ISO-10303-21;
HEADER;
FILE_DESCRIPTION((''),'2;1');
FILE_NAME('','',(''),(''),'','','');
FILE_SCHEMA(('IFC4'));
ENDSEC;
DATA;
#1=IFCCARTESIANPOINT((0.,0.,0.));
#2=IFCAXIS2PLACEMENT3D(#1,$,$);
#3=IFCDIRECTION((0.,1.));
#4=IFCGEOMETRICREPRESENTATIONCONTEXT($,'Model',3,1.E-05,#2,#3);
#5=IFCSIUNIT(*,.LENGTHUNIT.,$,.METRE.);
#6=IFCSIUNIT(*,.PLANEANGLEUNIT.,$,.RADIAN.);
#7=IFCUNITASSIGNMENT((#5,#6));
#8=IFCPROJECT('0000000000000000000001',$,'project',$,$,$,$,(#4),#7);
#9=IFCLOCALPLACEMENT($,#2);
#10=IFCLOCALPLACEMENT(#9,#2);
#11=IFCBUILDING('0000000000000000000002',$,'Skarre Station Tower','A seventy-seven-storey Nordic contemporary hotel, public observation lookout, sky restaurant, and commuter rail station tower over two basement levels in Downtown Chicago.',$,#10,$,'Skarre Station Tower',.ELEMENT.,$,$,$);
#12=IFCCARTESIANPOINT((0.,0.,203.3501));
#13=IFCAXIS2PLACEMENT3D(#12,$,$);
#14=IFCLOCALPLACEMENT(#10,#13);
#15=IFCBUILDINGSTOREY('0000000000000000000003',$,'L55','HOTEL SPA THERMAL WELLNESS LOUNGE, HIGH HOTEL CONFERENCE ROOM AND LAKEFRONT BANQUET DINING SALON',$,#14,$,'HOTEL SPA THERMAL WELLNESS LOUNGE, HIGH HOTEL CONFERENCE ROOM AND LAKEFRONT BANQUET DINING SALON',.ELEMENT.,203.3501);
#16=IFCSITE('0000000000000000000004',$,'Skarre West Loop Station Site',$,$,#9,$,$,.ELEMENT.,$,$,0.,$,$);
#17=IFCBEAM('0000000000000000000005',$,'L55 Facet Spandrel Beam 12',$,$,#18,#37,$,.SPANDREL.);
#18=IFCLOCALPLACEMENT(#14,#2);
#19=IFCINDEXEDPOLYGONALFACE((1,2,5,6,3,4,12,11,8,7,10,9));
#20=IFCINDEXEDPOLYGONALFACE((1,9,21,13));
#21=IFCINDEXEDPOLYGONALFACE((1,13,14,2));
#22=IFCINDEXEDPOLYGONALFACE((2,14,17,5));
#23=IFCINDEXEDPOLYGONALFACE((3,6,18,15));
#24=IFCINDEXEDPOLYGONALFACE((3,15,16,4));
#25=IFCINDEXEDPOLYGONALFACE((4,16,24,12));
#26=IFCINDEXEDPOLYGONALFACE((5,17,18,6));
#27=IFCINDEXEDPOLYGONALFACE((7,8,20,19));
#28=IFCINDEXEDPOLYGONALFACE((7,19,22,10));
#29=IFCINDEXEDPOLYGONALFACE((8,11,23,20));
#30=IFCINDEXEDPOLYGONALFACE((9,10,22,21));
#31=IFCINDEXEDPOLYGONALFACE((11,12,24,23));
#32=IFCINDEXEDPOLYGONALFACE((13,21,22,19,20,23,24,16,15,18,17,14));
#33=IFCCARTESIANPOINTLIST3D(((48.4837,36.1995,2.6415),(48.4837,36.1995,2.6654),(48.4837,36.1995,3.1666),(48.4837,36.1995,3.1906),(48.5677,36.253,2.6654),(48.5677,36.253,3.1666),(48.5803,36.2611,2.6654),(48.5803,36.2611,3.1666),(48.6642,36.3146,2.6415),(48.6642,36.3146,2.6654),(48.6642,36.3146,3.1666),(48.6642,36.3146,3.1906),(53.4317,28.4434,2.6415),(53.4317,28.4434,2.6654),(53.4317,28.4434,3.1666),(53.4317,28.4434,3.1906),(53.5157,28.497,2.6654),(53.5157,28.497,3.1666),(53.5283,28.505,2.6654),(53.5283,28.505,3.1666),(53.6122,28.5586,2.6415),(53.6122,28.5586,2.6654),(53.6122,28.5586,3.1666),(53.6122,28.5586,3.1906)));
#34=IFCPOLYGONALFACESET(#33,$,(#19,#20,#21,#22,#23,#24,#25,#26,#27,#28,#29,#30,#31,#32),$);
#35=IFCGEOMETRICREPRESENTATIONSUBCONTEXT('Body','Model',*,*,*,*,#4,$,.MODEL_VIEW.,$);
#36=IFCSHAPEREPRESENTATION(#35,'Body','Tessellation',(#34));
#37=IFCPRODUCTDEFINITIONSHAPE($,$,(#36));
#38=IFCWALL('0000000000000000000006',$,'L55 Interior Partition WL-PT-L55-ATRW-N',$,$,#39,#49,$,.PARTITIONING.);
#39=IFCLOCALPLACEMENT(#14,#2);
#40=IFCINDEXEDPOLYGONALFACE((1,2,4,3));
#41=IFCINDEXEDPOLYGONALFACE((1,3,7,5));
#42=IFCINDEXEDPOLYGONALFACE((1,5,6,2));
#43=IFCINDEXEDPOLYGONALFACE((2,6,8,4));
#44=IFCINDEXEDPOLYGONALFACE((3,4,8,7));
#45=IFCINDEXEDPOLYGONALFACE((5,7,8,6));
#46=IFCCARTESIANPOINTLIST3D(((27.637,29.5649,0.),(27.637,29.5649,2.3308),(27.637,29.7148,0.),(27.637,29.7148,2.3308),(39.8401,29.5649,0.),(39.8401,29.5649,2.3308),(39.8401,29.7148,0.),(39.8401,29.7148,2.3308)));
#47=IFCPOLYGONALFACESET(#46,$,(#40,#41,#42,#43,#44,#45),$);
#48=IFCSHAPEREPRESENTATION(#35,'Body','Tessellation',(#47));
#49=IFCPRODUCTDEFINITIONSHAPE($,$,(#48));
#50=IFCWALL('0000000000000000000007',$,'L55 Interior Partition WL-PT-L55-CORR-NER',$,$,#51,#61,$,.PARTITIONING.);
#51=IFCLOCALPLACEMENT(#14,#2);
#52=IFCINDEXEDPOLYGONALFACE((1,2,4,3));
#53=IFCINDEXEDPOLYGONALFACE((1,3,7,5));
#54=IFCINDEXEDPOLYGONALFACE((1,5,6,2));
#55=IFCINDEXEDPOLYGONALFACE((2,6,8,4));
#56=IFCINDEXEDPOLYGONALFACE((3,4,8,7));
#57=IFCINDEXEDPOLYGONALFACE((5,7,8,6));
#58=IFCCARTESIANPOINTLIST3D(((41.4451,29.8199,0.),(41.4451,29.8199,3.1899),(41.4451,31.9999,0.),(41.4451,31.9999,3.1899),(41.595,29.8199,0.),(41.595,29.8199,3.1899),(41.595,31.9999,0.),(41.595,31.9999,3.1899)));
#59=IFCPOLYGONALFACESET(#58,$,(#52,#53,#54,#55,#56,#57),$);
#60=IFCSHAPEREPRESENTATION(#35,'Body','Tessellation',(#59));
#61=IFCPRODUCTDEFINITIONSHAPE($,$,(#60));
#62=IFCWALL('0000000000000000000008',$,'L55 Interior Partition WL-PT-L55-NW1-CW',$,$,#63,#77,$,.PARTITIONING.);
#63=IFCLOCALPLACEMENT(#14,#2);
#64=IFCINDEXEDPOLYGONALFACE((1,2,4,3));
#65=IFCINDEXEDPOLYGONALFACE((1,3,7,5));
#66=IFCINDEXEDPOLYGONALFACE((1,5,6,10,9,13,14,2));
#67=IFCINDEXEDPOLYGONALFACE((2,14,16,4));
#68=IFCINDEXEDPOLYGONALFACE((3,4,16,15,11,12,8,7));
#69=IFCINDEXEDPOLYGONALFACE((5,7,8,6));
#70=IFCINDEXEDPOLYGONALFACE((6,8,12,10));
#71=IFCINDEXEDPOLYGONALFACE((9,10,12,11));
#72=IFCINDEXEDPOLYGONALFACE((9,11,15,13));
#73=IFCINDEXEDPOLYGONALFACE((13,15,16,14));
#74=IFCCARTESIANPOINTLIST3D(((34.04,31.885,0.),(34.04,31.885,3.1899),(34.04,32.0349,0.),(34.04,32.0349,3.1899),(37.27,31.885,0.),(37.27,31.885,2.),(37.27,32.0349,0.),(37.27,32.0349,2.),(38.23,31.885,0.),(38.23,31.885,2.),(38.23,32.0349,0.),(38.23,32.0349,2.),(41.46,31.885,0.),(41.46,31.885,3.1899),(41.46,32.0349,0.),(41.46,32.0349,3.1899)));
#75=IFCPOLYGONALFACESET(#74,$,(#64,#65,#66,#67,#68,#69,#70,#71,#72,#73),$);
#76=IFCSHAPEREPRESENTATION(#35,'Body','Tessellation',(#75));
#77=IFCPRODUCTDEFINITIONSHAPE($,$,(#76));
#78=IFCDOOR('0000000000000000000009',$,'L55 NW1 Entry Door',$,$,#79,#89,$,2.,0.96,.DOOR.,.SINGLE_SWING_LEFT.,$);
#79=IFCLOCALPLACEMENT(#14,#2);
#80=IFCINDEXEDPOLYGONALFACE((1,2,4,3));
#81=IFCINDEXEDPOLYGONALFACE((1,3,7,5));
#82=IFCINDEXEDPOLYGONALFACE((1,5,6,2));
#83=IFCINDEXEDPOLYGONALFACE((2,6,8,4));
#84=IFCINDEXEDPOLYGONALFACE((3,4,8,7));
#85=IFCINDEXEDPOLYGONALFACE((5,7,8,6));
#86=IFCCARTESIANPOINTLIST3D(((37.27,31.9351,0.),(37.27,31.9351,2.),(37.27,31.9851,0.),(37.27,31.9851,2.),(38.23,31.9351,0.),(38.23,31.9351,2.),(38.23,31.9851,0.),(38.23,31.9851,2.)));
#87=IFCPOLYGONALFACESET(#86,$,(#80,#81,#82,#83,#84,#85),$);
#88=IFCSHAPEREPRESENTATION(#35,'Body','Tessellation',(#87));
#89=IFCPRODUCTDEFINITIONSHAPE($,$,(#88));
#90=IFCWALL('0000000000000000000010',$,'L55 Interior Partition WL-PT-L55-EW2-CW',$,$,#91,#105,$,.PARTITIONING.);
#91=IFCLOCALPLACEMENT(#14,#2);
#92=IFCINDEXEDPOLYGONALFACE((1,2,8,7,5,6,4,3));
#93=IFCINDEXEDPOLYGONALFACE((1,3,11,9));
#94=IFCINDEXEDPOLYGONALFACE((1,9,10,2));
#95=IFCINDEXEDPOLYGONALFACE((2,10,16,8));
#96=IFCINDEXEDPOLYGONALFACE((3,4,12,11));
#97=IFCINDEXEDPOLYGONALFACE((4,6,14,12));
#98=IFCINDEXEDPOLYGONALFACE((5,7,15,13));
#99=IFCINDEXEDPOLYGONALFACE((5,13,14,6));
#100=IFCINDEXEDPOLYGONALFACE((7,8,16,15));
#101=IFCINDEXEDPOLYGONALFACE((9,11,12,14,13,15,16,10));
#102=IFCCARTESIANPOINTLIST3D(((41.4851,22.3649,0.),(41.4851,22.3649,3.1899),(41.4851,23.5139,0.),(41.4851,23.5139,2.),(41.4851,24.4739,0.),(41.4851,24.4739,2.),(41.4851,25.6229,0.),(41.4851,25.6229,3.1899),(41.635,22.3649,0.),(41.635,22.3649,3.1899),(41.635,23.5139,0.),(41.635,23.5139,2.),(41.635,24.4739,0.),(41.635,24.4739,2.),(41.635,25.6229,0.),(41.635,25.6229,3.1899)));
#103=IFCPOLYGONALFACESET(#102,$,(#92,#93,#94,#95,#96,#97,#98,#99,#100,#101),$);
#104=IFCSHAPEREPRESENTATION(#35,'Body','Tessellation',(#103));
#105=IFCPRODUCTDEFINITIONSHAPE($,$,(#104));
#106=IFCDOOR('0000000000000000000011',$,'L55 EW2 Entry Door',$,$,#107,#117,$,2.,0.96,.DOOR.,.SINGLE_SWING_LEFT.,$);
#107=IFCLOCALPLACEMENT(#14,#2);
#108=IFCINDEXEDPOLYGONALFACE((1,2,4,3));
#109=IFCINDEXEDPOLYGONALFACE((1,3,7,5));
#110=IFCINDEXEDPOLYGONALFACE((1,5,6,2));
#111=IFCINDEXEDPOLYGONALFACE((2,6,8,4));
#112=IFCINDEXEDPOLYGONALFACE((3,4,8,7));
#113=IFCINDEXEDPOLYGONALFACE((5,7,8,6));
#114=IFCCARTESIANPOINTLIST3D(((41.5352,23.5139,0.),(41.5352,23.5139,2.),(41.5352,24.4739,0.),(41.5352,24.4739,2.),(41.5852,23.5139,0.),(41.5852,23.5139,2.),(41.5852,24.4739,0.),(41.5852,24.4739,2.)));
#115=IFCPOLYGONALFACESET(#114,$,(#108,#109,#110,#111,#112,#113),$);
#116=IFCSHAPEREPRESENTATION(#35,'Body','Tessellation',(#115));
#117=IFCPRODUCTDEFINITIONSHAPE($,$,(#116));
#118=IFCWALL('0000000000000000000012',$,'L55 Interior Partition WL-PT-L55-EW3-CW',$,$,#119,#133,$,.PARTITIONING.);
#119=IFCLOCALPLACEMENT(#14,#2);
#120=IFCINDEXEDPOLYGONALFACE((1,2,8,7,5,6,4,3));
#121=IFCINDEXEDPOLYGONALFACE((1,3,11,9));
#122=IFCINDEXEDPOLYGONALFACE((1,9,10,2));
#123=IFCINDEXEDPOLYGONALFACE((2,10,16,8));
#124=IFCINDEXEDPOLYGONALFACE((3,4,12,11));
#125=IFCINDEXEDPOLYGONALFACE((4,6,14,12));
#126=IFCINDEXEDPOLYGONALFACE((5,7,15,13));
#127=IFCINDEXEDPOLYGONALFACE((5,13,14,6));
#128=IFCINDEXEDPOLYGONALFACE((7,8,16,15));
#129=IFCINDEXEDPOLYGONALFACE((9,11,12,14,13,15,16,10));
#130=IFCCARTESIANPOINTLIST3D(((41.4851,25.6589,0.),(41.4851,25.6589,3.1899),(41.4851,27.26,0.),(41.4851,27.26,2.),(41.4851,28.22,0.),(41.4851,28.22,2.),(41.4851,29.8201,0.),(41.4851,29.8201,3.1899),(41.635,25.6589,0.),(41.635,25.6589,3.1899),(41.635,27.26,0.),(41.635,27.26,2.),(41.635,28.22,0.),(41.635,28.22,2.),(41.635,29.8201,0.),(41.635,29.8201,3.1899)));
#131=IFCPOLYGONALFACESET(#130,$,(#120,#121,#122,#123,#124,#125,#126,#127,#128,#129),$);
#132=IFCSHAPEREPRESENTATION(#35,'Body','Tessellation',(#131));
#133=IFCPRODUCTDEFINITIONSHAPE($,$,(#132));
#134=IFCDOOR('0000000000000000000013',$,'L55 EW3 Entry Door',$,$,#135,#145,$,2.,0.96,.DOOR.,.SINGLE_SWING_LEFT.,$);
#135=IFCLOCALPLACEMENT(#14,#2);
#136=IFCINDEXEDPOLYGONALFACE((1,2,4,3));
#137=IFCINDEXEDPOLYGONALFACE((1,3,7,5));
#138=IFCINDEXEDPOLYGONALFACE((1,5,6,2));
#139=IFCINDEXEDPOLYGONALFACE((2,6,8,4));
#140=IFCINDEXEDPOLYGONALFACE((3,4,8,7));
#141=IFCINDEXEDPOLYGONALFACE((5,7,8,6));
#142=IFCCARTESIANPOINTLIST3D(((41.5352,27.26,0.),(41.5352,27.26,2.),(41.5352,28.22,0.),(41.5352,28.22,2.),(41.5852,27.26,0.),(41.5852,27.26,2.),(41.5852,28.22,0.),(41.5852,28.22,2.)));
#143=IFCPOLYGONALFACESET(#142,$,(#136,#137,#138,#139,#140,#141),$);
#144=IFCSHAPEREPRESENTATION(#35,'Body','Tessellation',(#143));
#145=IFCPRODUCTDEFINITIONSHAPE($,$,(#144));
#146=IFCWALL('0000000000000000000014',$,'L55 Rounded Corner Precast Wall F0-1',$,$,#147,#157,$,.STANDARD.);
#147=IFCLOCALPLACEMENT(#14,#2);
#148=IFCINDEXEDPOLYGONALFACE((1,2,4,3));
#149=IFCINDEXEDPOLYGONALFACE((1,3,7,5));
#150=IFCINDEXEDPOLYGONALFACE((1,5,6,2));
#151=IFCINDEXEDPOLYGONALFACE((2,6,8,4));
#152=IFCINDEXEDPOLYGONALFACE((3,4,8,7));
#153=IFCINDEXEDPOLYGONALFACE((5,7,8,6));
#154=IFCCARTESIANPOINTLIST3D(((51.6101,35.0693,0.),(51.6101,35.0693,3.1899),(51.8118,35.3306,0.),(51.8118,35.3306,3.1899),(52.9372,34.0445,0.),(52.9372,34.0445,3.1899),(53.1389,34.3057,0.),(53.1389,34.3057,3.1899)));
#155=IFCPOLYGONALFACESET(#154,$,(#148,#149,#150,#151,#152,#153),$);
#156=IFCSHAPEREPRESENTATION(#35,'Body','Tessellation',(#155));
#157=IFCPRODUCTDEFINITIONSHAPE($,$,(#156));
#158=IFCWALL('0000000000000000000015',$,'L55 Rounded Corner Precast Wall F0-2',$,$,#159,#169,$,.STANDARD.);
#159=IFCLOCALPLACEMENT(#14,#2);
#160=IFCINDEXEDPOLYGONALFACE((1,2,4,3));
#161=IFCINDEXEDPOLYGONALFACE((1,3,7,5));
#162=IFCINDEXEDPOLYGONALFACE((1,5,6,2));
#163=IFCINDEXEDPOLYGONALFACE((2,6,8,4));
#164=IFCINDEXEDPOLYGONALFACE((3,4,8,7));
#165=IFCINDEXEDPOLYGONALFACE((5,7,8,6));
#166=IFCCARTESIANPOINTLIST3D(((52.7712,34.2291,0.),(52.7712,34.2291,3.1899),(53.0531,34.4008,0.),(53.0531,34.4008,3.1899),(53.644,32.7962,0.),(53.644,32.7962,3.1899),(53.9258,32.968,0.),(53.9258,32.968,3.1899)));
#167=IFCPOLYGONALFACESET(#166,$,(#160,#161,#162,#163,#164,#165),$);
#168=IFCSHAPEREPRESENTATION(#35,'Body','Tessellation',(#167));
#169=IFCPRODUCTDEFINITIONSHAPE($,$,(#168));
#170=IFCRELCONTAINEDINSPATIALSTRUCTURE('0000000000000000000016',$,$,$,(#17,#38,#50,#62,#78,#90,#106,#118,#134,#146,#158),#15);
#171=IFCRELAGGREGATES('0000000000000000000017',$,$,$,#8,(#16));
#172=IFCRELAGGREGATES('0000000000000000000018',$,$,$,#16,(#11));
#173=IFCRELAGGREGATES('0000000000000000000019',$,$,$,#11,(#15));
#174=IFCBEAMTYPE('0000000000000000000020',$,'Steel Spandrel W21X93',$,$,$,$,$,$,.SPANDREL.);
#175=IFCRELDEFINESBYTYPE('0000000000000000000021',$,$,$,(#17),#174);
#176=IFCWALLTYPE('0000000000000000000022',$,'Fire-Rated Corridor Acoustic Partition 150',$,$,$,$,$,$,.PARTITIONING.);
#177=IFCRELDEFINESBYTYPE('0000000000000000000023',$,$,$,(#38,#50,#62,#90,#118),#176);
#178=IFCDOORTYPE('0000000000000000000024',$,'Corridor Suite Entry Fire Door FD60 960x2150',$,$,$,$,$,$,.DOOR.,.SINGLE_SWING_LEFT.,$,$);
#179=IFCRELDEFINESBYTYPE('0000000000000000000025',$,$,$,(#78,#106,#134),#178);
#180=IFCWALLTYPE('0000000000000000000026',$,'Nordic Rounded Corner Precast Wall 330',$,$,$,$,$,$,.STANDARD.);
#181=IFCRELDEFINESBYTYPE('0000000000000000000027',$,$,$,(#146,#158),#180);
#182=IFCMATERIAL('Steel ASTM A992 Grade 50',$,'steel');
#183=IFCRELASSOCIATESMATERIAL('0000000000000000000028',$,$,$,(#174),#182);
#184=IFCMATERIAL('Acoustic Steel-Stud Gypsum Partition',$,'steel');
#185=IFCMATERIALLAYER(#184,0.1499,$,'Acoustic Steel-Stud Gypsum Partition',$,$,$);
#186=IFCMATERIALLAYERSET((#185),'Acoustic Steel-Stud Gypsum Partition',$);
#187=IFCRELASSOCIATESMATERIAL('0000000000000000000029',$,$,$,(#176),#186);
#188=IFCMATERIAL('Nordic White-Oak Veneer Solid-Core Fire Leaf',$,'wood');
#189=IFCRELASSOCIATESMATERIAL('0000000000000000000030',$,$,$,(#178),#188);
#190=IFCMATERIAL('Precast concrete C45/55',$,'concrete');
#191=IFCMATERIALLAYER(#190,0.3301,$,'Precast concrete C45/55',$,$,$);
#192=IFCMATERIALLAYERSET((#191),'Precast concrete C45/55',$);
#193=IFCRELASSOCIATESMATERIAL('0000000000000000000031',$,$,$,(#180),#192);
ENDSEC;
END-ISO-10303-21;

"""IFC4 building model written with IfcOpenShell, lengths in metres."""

from ifc_helpers import new_model, si_unit, direction, frame, frame_2d, origin, origin_2d, place, context, subcontext, project, spatial, rectangle, i_section, extrude, material, layer, layer_set, material_profile, profile_set, type_object, element, fill, save


model = new_model("IFC4")

# Units and contexts
model_context = context("Model", 3, precision=1e-05, world=origin(), true_north=direction((0.0, 1.0)))
body_context = subcontext(model_context, "Body", "Model", "MODEL_VIEW")
ifc_project = project(units=[si_unit("LENGTHUNIT", "METRE"), si_unit("PLANEANGLEUNIT", "RADIAN")], contexts=[model_context])

# Site, building, storey
site_placement = place(None, origin())
site = spatial("IfcSite", under=ifc_project, at=site_placement, Name="Skarre West Loop Station Site", CompositionType="ELEMENT", RefElevation=0.0)
building_placement = place(site_placement, origin())
building = spatial("IfcBuilding", under=site, at=building_placement, Name="Skarre Station Tower", Description="A seventy-seven-storey Nordic contemporary hotel, public observation lookout, sky restaurant, and commuter rail station tower over two basement levels in Downtown Chicago.", LongName="Skarre Station Tower", CompositionType="ELEMENT")
storey_placement = place(building_placement, frame((0.0, 0.0, 203.3501)))
storey = spatial("IfcBuildingStorey", under=building, at=storey_placement, Name="L55", Description="HOTEL SPA THERMAL WELLNESS LOUNGE, HIGH HOTEL CONFERENCE ROOM AND LAKEFRONT BANQUET DINING SALON", LongName="HOTEL SPA THERMAL WELLNESS LOUNGE, HIGH HOTEL CONFERENCE ROOM AND LAKEFRONT BANQUET DINING SALON", CompositionType="ELEMENT", Elevation=203.3501)

# Beam
ifc_material_1 = material(Name="Steel ASTM A992 Grade 50", Category="steel")
ifc_material_profile_1 = material_profile(ifc_material_1, i_section(OverallWidth=0.2141, OverallDepth=0.5491, WebThickness=0.0149, FlangeThickness=0.0239, at=origin_2d()), Name="Steel ASTM A992 Grade 50")
ifc_profile_set_1 = profile_set([ifc_material_profile_1], Name="Steel ASTM A992 Grade 50")
beam_type_1 = type_object("IfcBeamType", Name="Steel Spandrel W21X93", PredefinedType="SPANDREL", material=ifc_profile_set_1)
beam_1_placement = place(storey_placement, frame((53.522, 28.501, 2.916), z_axis=(-0.537826, 0.843056, 0.0), x_axis=(-0.843056, -0.537826, 0.0)))
element("IfcBeam", 1, at=beam_1_placement, inside=storey, type_object=beam_type_1, Name="L55 Facet Spandrel Beam 12", PredefinedType="SPANDREL", context=body_context, shape_type="SweptSolid", body=[
    extrude(i_section(OverallWidth=0.2141, OverallDepth=0.5491, WebThickness=0.0149, FlangeThickness=0.0239, at=origin_2d()), origin(), (0.0, 0.0, 1.0), 9.2),
])

# Walls
ifc_material_2 = material(Name="Acoustic Steel-Stud Gypsum Partition", Category="steel")
ifc_layer_1 = layer(ifc_material_2, 0.1499, Name="Acoustic Steel-Stud Gypsum Partition")
ifc_layer_set_1 = layer_set([ifc_layer_1], Name="Acoustic Steel-Stud Gypsum Partition")
wall_type_1 = type_object("IfcWallType", Name="Fire-Rated Corridor Acoustic Partition 150", PredefinedType="PARTITIONING", material=ifc_layer_set_1)
wall_1_placement = place(storey_placement, frame((39.8401, 29.6399, 0.0), z_axis=(0.0, 0.0, 1.0), x_axis=(-1.0, 0.0, 0.0)))
element("IfcWall", 2, at=wall_1_placement, inside=storey, type_object=wall_type_1, Name="L55 Interior Partition WL-PT-L55-ATRW-N", PredefinedType="PARTITIONING", context=body_context, shape_type="SweptSolid", body=[
    extrude(rectangle(XDim=12.2031, YDim=0.1499, at=frame_2d((6.1016, 0.0))), origin(), (0.0, 0.0, 1.0), 2.3308),
])
wall_2_placement = place(storey_placement, frame((41.52, 29.8201, 0.0), z_axis=(0.0, 0.0, 1.0), x_axis=(0.0, 1.0, 0.0)))
element("IfcWall", 3, at=wall_2_placement, inside=storey, type_object=wall_type_1, Name="L55 Interior Partition WL-PT-L55-CORR-NER", PredefinedType="PARTITIONING", context=body_context, shape_type="SweptSolid", body=[
    extrude(rectangle(XDim=2.1799, YDim=0.1499, at=frame_2d((1.0898, 0.0))), origin(), (0.0, 0.0, 1.0), 3.1899),
])

# Walls, openings, doors
wall_3_placement = place(storey_placement, frame((41.46, 31.96, 0.0), z_axis=(0.0, 0.0, 1.0), x_axis=(-1.0, 0.0, 0.0)))
wall_3 = element("IfcWall", 4, at=wall_3_placement, inside=storey, type_object=wall_type_1, Name="L55 Interior Partition WL-PT-L55-NW1-CW", PredefinedType="PARTITIONING", context=body_context, shape_type="SweptSolid", body=[
    extrude(rectangle(XDim=7.4199, YDim=0.1499, at=frame_2d((3.71, 0.0))), origin(), (0.0, 0.0, 1.0), 3.1899),
])
opening_1_placement = place(wall_3_placement, frame((3.23, 0.0, 0.0)))
opening_1 = element("IfcOpeningElement", 5, at=opening_1_placement, cuts=wall_3, PredefinedType="OPENING", context=body_context, shape_type="SweptSolid", body=[
    extrude(rectangle(XDim=0.96, YDim=2.0, at=frame_2d((0.48, 1.0))), frame((0.0, 0.085, 0.0), z_axis=(0.0, -1.0, 0.0), x_axis=(1.0, 0.0, 0.0)), (0.0, 0.0, 1.0), 0.1699),
])
ifc_material_3 = material(Name="Nordic White-Oak Veneer Solid-Core Fire Leaf", Category="wood")
door_type = type_object("IfcDoorType", Name="Corridor Suite Entry Fire Door FD60 960x2150", OperationType="SINGLE_SWING_LEFT", PredefinedType="DOOR", material=ifc_material_3)
door_1_placement = place(opening_1_placement, origin())
door_1 = element("IfcDoor", 6, at=door_1_placement, inside=storey, type_object=door_type, Name="L55 NW1 Entry Door", OperationType="SINGLE_SWING_LEFT", OverallHeight=2.0, OverallWidth=0.96, PredefinedType="DOOR", context=body_context, shape_type="SweptSolid", body=[
    extrude(rectangle(XDim=0.96, YDim=2.0, at=frame_2d((0.48, 1.0))), frame((0.0, 0.0249, 0.0), z_axis=(0.0, -1.0, 0.0), x_axis=(1.0, 0.0, 0.0)), (0.0, 0.0, 1.0), 0.05),
])
fill(opening_1, door_1)
wall_4_placement = place(storey_placement, frame((41.5601, 22.365, 0.0), z_axis=(0.0, 0.0, 1.0), x_axis=(0.0, 1.0, 0.0)))
wall_4 = element("IfcWall", 7, at=wall_4_placement, inside=storey, type_object=wall_type_1, Name="L55 Interior Partition WL-PT-L55-EW2-CW", PredefinedType="PARTITIONING", context=body_context, shape_type="SweptSolid", body=[
    extrude(rectangle(XDim=3.2581, YDim=0.1499, at=frame_2d((1.6289, 0.0))), origin(), (0.0, 0.0, 1.0), 3.1899),
])
opening_2_placement = place(wall_4_placement, frame((1.1489, 0.0, 0.0)))
opening_2 = element("IfcOpeningElement", 8, at=opening_2_placement, cuts=wall_4, PredefinedType="OPENING", context=body_context, shape_type="SweptSolid", body=[
    extrude(rectangle(XDim=0.96, YDim=2.0, at=frame_2d((0.48, 1.0))), frame((0.0, 0.085, 0.0), z_axis=(0.0, -1.0, 0.0), x_axis=(1.0, 0.0, 0.0)), (0.0, 0.0, 1.0), 0.1699),
])
door_2_placement = place(opening_2_placement, origin())
door_2 = element("IfcDoor", 9, at=door_2_placement, inside=storey, type_object=door_type, Name="L55 EW2 Entry Door", OperationType="SINGLE_SWING_LEFT", OverallHeight=2.0, OverallWidth=0.96, PredefinedType="DOOR", context=body_context, shape_type="SweptSolid", body=[
    extrude(rectangle(XDim=0.96, YDim=2.0, at=frame_2d((0.48, 1.0))), frame((0.0, 0.0249, 0.0), z_axis=(0.0, -1.0, 0.0), x_axis=(1.0, 0.0, 0.0)), (0.0, 0.0, 1.0), 0.05),
])
fill(opening_2, door_2)
wall_5_placement = place(storey_placement, frame((41.5601, 25.6589, 0.0), z_axis=(0.0, 0.0, 1.0), x_axis=(0.0, 1.0, 0.0)))
wall_5 = element("IfcWall", 10, at=wall_5_placement, inside=storey, type_object=wall_type_1, Name="L55 Interior Partition WL-PT-L55-EW3-CW", PredefinedType="PARTITIONING", context=body_context, shape_type="SweptSolid", body=[
    extrude(rectangle(XDim=4.1611, YDim=0.1499, at=frame_2d((2.0806, 0.0))), origin(), (0.0, 0.0, 1.0), 3.1899),
])
opening_3_placement = place(wall_5_placement, frame((1.6011, 0.0, 0.0)))
opening_3 = element("IfcOpeningElement", 11, at=opening_3_placement, cuts=wall_5, PredefinedType="OPENING", context=body_context, shape_type="SweptSolid", body=[
    extrude(rectangle(XDim=0.96, YDim=2.0, at=frame_2d((0.48, 1.0))), frame((0.0, 0.085, 0.0), z_axis=(0.0, -1.0, 0.0), x_axis=(1.0, 0.0, 0.0)), (0.0, 0.0, 1.0), 0.1699),
])
door_3_placement = place(opening_3_placement, origin())
door_3 = element("IfcDoor", 12, at=door_3_placement, inside=storey, type_object=door_type, Name="L55 EW3 Entry Door", OperationType="SINGLE_SWING_LEFT", OverallHeight=2.0, OverallWidth=0.96, PredefinedType="DOOR", context=body_context, shape_type="SweptSolid", body=[
    extrude(rectangle(XDim=0.96, YDim=2.0, at=frame_2d((0.48, 1.0))), frame((0.0, 0.0249, 0.0), z_axis=(0.0, -1.0, 0.0), x_axis=(1.0, 0.0, 0.0)), (0.0, 0.0, 1.0), 0.05),
])
fill(opening_3, door_3)

# Walls
ifc_material_4 = material(Name="Precast concrete C45/55", Category="concrete")
ifc_layer_2 = layer(ifc_material_4, 0.3301, Name="Precast concrete C45/55")
ifc_layer_set_2 = layer_set([ifc_layer_2], Name="Precast concrete C45/55")
wall_type_2 = type_object("IfcWallType", Name="Nordic Rounded Corner Precast Wall 330", PredefinedType="STANDARD", material=ifc_layer_set_2)
wall_6_placement = place(storey_placement, frame((51.7109, 35.2, 0.0), z_axis=(0.0, 0.0, 1.0), x_axis=(0.791464, -0.611215, 0.0)))
element("IfcWall", 13, at=wall_6_placement, inside=storey, type_object=wall_type_2, Name="L55 Rounded Corner Precast Wall F0-1", PredefinedType="STANDARD", context=body_context, shape_type="SweptSolid", body=[
    extrude(rectangle(XDim=1.6768, YDim=0.3301, at=frame_2d((0.8384, 0.0))), origin(), (0.0, 0.0, 1.0), 3.1899),
])
wall_7_placement = place(storey_placement, frame((52.9121, 34.3149, 0.0), z_axis=(0.0, 0.0, 1.0), x_axis=(0.520219, -0.854033, 0.0)))
element("IfcWall", 14, at=wall_7_placement, inside=storey, type_object=wall_type_2, Name="L55 Rounded Corner Precast Wall F0-2", PredefinedType="STANDARD", context=body_context, shape_type="SweptSolid", body=[
    extrude(rectangle(XDim=1.6777, YDim=0.3301, at=frame_2d((0.8389, 0.0))), origin(), (0.0, 0.0, 1.0), 3.1899),
])

save(model, "model.ifc")
